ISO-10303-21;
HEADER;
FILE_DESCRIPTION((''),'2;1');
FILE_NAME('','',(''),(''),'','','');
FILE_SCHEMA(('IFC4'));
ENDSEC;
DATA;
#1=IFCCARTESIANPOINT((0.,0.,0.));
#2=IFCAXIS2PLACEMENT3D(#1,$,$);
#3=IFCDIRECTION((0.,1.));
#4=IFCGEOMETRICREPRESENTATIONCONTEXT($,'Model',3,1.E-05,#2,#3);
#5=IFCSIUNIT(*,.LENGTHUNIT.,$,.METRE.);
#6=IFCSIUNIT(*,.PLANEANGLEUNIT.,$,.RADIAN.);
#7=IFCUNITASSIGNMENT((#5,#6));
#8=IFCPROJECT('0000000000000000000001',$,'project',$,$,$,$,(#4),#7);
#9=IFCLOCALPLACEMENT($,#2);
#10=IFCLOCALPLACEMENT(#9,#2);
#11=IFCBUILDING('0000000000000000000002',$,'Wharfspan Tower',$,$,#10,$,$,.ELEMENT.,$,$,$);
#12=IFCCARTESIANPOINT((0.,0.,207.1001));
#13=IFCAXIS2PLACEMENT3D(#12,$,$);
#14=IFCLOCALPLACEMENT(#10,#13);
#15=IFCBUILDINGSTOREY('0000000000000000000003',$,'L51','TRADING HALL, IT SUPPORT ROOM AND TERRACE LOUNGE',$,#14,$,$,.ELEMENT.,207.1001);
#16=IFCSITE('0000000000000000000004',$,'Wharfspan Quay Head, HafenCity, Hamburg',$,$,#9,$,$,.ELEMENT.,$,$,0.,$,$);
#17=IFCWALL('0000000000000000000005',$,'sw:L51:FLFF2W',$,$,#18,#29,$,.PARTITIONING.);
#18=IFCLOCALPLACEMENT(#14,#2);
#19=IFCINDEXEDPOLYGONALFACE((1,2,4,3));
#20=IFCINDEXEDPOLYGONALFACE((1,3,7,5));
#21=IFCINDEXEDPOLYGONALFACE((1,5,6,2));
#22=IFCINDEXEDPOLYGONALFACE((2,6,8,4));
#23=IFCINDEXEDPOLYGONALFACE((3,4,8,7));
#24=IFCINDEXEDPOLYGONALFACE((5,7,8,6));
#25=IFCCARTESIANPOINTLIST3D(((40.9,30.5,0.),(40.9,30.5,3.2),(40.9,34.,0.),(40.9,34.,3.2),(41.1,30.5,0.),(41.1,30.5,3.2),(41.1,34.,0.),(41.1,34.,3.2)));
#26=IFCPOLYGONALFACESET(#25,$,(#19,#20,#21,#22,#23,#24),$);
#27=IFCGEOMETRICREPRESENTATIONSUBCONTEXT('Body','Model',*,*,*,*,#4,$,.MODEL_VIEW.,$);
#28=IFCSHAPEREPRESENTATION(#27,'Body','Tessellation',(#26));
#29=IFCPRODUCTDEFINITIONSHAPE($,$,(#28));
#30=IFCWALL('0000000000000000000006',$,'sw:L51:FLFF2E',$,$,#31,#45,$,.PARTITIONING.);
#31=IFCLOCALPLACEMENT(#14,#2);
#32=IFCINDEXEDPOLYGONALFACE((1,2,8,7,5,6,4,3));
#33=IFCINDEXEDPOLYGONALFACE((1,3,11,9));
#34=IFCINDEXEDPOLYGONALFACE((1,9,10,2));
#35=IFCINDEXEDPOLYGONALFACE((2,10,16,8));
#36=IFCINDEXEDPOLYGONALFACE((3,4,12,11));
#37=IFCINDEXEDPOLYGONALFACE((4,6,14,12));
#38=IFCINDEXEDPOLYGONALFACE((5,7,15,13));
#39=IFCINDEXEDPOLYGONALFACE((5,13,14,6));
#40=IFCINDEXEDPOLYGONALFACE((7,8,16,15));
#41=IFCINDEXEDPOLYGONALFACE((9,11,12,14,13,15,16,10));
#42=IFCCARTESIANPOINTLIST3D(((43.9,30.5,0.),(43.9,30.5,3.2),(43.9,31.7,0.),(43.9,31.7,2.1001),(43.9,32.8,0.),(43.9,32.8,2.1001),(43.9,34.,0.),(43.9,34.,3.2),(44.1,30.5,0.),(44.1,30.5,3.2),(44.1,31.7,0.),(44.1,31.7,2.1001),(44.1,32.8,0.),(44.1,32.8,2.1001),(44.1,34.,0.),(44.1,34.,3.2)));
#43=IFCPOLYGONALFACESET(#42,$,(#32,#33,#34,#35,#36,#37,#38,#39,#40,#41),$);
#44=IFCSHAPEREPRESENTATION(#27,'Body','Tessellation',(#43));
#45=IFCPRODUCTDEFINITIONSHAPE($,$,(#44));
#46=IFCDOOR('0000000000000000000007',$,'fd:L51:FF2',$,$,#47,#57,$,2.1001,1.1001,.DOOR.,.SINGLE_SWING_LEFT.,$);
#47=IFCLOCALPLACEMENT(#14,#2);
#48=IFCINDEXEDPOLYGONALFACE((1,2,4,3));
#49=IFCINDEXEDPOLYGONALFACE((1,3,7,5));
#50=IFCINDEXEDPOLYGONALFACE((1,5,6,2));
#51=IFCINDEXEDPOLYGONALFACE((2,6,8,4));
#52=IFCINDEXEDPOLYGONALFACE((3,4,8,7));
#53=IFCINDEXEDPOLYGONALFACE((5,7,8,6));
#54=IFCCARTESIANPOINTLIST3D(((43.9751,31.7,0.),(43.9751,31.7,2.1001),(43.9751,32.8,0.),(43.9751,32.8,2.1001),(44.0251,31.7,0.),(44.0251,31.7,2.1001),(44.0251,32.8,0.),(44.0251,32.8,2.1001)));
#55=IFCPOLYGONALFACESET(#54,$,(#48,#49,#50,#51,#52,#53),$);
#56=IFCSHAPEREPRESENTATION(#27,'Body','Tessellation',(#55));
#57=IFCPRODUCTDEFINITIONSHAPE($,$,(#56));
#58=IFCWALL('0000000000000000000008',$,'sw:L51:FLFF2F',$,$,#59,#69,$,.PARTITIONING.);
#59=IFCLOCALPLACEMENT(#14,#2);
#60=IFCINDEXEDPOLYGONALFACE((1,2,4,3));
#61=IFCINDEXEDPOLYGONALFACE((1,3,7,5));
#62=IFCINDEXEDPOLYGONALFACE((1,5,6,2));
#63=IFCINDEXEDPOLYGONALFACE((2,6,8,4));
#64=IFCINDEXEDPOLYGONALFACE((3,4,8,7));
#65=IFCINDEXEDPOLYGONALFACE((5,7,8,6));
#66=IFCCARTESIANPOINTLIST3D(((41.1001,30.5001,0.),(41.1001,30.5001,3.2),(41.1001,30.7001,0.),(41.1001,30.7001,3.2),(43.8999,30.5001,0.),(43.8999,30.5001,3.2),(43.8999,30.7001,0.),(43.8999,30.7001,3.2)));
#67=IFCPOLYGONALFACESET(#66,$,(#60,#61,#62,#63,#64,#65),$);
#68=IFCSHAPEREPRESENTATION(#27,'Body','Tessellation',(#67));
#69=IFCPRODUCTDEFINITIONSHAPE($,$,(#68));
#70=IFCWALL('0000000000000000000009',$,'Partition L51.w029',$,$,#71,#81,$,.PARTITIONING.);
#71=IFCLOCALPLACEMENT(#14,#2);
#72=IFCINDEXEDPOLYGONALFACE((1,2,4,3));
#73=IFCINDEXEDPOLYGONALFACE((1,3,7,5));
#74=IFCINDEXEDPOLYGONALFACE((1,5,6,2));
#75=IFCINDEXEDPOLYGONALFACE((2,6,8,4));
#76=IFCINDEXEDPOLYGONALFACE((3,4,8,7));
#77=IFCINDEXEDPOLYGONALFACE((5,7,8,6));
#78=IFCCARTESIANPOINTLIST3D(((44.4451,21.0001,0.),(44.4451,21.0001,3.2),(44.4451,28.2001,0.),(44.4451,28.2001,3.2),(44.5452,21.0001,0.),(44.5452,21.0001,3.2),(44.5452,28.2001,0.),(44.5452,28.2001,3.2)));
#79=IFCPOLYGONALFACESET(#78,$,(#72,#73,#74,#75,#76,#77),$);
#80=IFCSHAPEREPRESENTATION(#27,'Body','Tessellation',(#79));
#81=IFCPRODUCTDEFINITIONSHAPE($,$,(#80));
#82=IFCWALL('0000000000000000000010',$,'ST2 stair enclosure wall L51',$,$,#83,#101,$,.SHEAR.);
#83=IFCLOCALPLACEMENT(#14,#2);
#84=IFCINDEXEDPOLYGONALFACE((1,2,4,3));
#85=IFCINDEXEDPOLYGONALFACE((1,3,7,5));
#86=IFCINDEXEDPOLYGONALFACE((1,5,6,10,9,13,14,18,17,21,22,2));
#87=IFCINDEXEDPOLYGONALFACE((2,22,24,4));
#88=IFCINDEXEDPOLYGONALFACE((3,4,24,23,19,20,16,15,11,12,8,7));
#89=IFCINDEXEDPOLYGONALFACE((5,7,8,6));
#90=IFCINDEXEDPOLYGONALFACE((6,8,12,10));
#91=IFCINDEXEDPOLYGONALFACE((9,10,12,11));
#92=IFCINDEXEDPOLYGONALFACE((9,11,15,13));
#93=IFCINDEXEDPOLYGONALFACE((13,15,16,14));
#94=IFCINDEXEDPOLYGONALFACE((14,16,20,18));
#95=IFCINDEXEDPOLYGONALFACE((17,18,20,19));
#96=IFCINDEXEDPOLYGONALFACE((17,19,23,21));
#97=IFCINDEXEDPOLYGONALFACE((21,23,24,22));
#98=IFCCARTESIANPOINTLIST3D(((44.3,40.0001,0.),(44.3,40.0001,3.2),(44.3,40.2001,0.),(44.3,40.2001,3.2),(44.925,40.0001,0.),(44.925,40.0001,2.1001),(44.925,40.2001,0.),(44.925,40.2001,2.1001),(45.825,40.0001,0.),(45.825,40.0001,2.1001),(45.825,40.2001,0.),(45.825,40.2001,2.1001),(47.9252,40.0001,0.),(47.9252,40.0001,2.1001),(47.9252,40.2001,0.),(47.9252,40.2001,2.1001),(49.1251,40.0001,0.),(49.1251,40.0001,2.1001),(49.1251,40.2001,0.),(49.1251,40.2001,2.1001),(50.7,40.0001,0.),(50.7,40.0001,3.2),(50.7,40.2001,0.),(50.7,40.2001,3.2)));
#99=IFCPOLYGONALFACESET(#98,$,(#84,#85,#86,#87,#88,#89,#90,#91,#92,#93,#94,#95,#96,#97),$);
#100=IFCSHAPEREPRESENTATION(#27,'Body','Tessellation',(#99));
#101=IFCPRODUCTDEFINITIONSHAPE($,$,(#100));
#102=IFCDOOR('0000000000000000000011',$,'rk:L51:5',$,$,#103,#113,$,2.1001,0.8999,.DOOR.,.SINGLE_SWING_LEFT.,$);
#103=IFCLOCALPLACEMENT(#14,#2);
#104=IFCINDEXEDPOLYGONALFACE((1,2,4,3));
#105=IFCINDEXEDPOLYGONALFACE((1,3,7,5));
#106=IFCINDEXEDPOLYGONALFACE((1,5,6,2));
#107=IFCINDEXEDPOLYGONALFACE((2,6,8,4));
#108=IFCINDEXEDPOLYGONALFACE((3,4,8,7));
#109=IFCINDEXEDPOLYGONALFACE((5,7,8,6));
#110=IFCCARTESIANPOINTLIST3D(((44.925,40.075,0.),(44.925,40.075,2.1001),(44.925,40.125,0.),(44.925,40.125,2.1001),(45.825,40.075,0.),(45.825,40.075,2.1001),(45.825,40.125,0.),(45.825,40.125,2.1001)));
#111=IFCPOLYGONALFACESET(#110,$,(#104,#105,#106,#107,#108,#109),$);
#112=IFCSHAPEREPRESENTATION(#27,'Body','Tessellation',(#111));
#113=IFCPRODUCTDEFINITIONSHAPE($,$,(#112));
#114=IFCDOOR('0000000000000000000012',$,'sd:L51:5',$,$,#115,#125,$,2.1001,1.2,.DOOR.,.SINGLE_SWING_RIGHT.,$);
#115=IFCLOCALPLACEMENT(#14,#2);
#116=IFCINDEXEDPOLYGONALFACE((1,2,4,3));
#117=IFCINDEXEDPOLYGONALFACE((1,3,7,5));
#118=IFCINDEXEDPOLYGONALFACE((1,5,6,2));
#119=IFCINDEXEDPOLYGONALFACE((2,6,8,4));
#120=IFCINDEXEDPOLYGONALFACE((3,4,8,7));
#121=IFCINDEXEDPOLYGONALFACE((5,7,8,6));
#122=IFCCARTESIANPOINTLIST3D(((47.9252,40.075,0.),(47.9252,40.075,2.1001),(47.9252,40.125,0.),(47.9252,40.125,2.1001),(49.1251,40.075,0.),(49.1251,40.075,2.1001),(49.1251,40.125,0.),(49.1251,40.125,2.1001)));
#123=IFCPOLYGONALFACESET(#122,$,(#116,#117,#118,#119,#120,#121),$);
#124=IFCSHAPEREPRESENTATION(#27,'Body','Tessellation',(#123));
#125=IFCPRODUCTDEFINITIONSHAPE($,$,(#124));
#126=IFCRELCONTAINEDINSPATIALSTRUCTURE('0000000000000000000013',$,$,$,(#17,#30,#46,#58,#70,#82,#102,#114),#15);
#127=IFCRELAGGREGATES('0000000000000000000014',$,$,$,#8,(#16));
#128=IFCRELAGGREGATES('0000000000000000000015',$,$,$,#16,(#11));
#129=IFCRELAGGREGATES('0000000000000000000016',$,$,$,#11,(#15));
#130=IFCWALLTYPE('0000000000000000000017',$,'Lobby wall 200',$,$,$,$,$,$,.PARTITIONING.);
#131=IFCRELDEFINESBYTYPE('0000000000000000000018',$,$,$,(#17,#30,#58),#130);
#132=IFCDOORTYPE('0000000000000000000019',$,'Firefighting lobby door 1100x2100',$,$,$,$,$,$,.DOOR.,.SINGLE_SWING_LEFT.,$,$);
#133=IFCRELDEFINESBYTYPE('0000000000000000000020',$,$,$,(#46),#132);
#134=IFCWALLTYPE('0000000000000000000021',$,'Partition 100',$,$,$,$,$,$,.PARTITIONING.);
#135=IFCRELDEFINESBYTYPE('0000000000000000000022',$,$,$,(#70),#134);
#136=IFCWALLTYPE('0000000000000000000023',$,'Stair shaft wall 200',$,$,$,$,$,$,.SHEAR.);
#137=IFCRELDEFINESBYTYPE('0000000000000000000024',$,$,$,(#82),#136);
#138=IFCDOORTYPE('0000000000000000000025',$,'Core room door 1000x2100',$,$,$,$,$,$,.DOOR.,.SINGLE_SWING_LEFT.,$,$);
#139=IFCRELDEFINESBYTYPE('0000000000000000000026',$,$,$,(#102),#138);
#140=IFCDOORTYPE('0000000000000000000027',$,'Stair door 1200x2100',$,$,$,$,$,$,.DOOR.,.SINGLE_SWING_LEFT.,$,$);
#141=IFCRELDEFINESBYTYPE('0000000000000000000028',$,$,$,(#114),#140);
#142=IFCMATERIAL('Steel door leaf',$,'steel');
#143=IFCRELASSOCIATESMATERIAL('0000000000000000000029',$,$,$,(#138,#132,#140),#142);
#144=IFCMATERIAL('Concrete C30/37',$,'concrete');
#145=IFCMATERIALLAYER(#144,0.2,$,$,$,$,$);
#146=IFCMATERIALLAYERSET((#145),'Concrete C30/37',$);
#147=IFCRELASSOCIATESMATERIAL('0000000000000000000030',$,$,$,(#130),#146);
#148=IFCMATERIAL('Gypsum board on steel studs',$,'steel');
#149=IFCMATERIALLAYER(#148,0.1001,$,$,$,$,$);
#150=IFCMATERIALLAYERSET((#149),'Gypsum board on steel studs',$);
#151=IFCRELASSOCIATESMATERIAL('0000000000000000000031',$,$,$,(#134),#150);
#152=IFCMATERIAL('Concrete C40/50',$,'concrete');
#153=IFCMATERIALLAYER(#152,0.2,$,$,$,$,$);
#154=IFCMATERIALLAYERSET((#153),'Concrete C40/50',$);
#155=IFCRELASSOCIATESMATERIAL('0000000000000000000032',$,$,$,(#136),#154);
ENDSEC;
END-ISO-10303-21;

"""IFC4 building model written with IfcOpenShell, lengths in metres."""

from ifc_helpers import new_model, si_unit, direction, frame, frame_2d, origin, place, context, subcontext, project, spatial, rectangle, extrude, material, layer, layer_set, type_object, element, fill, save


model = new_model("IFC4")

# Units and contexts
model_context = context("Model", 3, precision=1e-05, world=origin(), true_north=direction((0.0, 1.0)))
body_context = subcontext(model_context, "Body", "Model", "MODEL_VIEW")
ifc_project = project(units=[si_unit("LENGTHUNIT", "METRE"), si_unit("PLANEANGLEUNIT", "RADIAN")], contexts=[model_context])

# Site, building, storey
site_placement = place(None, origin())
site = spatial("IfcSite", under=ifc_project, at=site_placement, Name="Wharfspan Quay Head, HafenCity, Hamburg", CompositionType="ELEMENT", RefElevation=0.0)
building_placement = place(site_placement, origin())
building = spatial("IfcBuilding", under=site, at=building_placement, Name="Wharfspan Tower", CompositionType="ELEMENT")
storey_placement = place(building_placement, frame((0.0, 0.0, 207.1001)))
storey = spatial("IfcBuildingStorey", under=building, at=storey_placement, Name="L51", Description="TRADING HALL, IT SUPPORT ROOM AND TERRACE LOUNGE", CompositionType="ELEMENT", Elevation=207.1001)

# Shared definitions
ifc_material_1 = material(Name="Gypsum board on steel studs", Category="steel")

# Shared definitions
ifc_material_2 = material(Name="Steel door leaf", Category="steel")
door_type_1 = type_object("IfcDoorType", Name="Core room door 1000x2100", OperationType="SINGLE_SWING_LEFT", PredefinedType="DOOR", material=ifc_material_2)

# Wall
ifc_material_3 = material(Name="Concrete C30/37", Category="concrete")
ifc_layer_1 = layer(ifc_material_3, 0.2)
ifc_layer_set_1 = layer_set([ifc_layer_1], Name="Concrete C30/37")
wall_type_1 = type_object("IfcWallType", Name="Lobby wall 200", PredefinedType="PARTITIONING", material=ifc_layer_set_1)
wall_1_placement = place(storey_placement, frame((41.0, 30.5, 0.0), z_axis=(0.0, 0.0, 1.0), x_axis=(0.0, 1.0, 0.0)))
element("IfcWall", 1, at=wall_1_placement, inside=storey, type_object=wall_type_1, Name="sw:L51:FLFF2W", PredefinedType="PARTITIONING", context=body_context, shape_type="SweptSolid", body=[
    extrude(rectangle(XDim=3.5, YDim=0.2, at=frame_2d((1.75, 0.0))), origin(), (0.0, 0.0, 1.0), 3.2),
])

# Wall, opening, door
wall_2_placement = place(storey_placement, frame((44.0, 30.5, 0.0), z_axis=(0.0, 0.0, 1.0), x_axis=(0.0, 1.0, 0.0)))
wall_2 = element("IfcWall", 2, at=wall_2_placement, inside=storey, type_object=wall_type_1, Name="sw:L51:FLFF2E", PredefinedType="PARTITIONING", context=body_context, shape_type="SweptSolid", body=[
    extrude(rectangle(XDim=3.5, YDim=0.2, at=frame_2d((1.75, 0.0))), origin(), (0.0, 0.0, 1.0), 3.2),
])
opening_1_placement = place(wall_2_placement, frame((1.2, 0.0, 0.0)))
opening_1 = element("IfcOpeningElement", 3, at=opening_1_placement, cuts=wall_2, PredefinedType="OPENING", context=body_context, shape_type="SweptSolid", body=[
    extrude(rectangle(XDim=1.1001, YDim=2.1001, at=frame_2d((0.55, 1.05))), frame((0.0, 0.1099, 0.0), z_axis=(0.0, -1.0, 0.0), x_axis=(1.0, 0.0, 0.0)), (0.0, 0.0, 1.0), 0.22),
])
door_type_2 = type_object("IfcDoorType", Name="Firefighting lobby door 1100x2100", OperationType="SINGLE_SWING_LEFT", PredefinedType="DOOR", material=ifc_material_2)
door_1_placement = place(opening_1_placement, origin())
door_1 = element("IfcDoor", 4, at=door_1_placement, inside=storey, type_object=door_type_2, Name="fd:L51:FF2", OperationType="SINGLE_SWING_LEFT", OverallHeight=2.1001, OverallWidth=1.1001, PredefinedType="DOOR", context=body_context, shape_type="SweptSolid", body=[
    extrude(rectangle(XDim=1.1001, YDim=2.1001, at=frame_2d((0.55, 1.05))), frame((0.0, 0.0249, 0.0), z_axis=(0.0, -1.0, 0.0), x_axis=(1.0, 0.0, 0.0)), (0.0, 0.0, 1.0), 0.05),
])
fill(opening_1, door_1)

# Walls
wall_3_placement = place(storey_placement, frame((41.1001, 30.6001, 0.0), z_axis=(0.0, 0.0, 1.0), x_axis=(1.0, 0.0, 0.0)))
element("IfcWall", 5, at=wall_3_placement, inside=storey, type_object=wall_type_1, Name="sw:L51:FLFF2F", PredefinedType="PARTITIONING", context=body_context, shape_type="SweptSolid", body=[
    extrude(rectangle(XDim=2.7998, YDim=0.2, at=frame_2d((1.3999, 0.0))), origin(), (0.0, 0.0, 1.0), 3.2),
])
ifc_layer_2 = layer(ifc_material_1, 0.1001)
ifc_layer_set_2 = layer_set([ifc_layer_2], Name="Gypsum board on steel studs")
wall_type_2 = type_object("IfcWallType", Name="Partition 100", PredefinedType="PARTITIONING", material=ifc_layer_set_2)
wall_4_placement = place(storey_placement, frame((44.4951, 21.0, 0.0), z_axis=(0.0, 0.0, 1.0), x_axis=(0.0, 1.0, 0.0)))
element("IfcWall", 6, at=wall_4_placement, inside=storey, type_object=wall_type_2, Name="Partition L51.w029", PredefinedType="PARTITIONING", context=body_context, shape_type="SweptSolid", body=[
    extrude(rectangle(XDim=7.2, YDim=0.1001, at=frame_2d((3.6001, 0.0))), origin(), (0.0, 0.0, 1.0), 3.2),
])

# Wall, openings, doors
ifc_material_4 = material(Name="Concrete C40/50", Category="concrete")
ifc_layer_3 = layer(ifc_material_4, 0.2)
ifc_layer_set_3 = layer_set([ifc_layer_3], Name="Concrete C40/50")
wall_type_3 = type_object("IfcWallType", Name="Stair shaft wall 200", PredefinedType="SHEAR", material=ifc_layer_set_3)
wall_5_placement = place(storey_placement, frame((44.3, 40.1001, 0.0), z_axis=(0.0, 0.0, 1.0), x_axis=(1.0, 0.0, 0.0)))
wall_5 = element("IfcWall", 7, at=wall_5_placement, inside=storey, type_object=wall_type_3, Name="ST2 stair enclosure wall L51", PredefinedType="SHEAR", context=body_context, shape_type="SweptSolid", body=[
    extrude(rectangle(XDim=6.3999, YDim=0.2, at=frame_2d((3.2, 0.0))), origin(), (0.0, 0.0, 1.0), 3.2),
])
opening_2_placement = place(wall_5_placement, frame((3.625, 0.0, 0.0)))
opening_2 = element("IfcOpeningElement", 8, at=opening_2_placement, cuts=wall_5, PredefinedType="OPENING", context=body_context, shape_type="SweptSolid", body=[
    extrude(rectangle(XDim=1.2, YDim=2.1001, at=frame_2d((0.6001, 1.05))), frame((0.0, 0.1099, 0.0), z_axis=(0.0, -1.0, 0.0), x_axis=(1.0, 0.0, 0.0)), (0.0, 0.0, 1.0), 0.22),
])
opening_3_placement = place(wall_5_placement, frame((0.625, 0.0, 0.0)))
opening_3 = element("IfcOpeningElement", 9, at=opening_3_placement, cuts=wall_5, PredefinedType="OPENING", context=body_context, shape_type="SweptSolid", body=[
    extrude(rectangle(XDim=0.8999, YDim=2.1001, at=frame_2d((0.45, 1.05))), frame((0.0, 0.1099, 0.0), z_axis=(0.0, -1.0, 0.0), x_axis=(1.0, 0.0, 0.0)), (0.0, 0.0, 1.0), 0.22),
])
door_2_placement = place(opening_3_placement, origin())
door_2 = element("IfcDoor", 10, at=door_2_placement, inside=storey, type_object=door_type_1, Name="rk:L51:5", OperationType="SINGLE_SWING_LEFT", OverallHeight=2.1001, OverallWidth=0.8999, PredefinedType="DOOR", context=body_context, shape_type="SweptSolid", body=[
    extrude(rectangle(XDim=0.8999, YDim=2.1001, at=frame_2d((0.45, 1.05))), frame((0.0, 0.0249, 0.0), z_axis=(0.0, -1.0, 0.0), x_axis=(1.0, 0.0, 0.0)), (0.0, 0.0, 1.0), 0.05),
])
fill(opening_3, door_2)
door_type_3 = type_object("IfcDoorType", Name="Stair door 1200x2100", OperationType="SINGLE_SWING_LEFT", PredefinedType="DOOR", material=ifc_material_2)
door_3_placement = place(opening_2_placement, origin())
door_3 = element("IfcDoor", 11, at=door_3_placement, inside=storey, type_object=door_type_3, Name="sd:L51:5", OperationType="SINGLE_SWING_RIGHT", OverallHeight=2.1001, OverallWidth=1.2, PredefinedType="DOOR", context=body_context, shape_type="SweptSolid", body=[
    extrude(rectangle(XDim=1.2, YDim=2.1001, at=frame_2d((0.6001, 1.05))), frame((0.0, 0.0249, 0.0), z_axis=(0.0, -1.0, 0.0), x_axis=(1.0, 0.0, 0.0)), (0.0, 0.0, 1.0), 0.05),
])
fill(opening_2, door_3)

save(model, "model.ifc")
